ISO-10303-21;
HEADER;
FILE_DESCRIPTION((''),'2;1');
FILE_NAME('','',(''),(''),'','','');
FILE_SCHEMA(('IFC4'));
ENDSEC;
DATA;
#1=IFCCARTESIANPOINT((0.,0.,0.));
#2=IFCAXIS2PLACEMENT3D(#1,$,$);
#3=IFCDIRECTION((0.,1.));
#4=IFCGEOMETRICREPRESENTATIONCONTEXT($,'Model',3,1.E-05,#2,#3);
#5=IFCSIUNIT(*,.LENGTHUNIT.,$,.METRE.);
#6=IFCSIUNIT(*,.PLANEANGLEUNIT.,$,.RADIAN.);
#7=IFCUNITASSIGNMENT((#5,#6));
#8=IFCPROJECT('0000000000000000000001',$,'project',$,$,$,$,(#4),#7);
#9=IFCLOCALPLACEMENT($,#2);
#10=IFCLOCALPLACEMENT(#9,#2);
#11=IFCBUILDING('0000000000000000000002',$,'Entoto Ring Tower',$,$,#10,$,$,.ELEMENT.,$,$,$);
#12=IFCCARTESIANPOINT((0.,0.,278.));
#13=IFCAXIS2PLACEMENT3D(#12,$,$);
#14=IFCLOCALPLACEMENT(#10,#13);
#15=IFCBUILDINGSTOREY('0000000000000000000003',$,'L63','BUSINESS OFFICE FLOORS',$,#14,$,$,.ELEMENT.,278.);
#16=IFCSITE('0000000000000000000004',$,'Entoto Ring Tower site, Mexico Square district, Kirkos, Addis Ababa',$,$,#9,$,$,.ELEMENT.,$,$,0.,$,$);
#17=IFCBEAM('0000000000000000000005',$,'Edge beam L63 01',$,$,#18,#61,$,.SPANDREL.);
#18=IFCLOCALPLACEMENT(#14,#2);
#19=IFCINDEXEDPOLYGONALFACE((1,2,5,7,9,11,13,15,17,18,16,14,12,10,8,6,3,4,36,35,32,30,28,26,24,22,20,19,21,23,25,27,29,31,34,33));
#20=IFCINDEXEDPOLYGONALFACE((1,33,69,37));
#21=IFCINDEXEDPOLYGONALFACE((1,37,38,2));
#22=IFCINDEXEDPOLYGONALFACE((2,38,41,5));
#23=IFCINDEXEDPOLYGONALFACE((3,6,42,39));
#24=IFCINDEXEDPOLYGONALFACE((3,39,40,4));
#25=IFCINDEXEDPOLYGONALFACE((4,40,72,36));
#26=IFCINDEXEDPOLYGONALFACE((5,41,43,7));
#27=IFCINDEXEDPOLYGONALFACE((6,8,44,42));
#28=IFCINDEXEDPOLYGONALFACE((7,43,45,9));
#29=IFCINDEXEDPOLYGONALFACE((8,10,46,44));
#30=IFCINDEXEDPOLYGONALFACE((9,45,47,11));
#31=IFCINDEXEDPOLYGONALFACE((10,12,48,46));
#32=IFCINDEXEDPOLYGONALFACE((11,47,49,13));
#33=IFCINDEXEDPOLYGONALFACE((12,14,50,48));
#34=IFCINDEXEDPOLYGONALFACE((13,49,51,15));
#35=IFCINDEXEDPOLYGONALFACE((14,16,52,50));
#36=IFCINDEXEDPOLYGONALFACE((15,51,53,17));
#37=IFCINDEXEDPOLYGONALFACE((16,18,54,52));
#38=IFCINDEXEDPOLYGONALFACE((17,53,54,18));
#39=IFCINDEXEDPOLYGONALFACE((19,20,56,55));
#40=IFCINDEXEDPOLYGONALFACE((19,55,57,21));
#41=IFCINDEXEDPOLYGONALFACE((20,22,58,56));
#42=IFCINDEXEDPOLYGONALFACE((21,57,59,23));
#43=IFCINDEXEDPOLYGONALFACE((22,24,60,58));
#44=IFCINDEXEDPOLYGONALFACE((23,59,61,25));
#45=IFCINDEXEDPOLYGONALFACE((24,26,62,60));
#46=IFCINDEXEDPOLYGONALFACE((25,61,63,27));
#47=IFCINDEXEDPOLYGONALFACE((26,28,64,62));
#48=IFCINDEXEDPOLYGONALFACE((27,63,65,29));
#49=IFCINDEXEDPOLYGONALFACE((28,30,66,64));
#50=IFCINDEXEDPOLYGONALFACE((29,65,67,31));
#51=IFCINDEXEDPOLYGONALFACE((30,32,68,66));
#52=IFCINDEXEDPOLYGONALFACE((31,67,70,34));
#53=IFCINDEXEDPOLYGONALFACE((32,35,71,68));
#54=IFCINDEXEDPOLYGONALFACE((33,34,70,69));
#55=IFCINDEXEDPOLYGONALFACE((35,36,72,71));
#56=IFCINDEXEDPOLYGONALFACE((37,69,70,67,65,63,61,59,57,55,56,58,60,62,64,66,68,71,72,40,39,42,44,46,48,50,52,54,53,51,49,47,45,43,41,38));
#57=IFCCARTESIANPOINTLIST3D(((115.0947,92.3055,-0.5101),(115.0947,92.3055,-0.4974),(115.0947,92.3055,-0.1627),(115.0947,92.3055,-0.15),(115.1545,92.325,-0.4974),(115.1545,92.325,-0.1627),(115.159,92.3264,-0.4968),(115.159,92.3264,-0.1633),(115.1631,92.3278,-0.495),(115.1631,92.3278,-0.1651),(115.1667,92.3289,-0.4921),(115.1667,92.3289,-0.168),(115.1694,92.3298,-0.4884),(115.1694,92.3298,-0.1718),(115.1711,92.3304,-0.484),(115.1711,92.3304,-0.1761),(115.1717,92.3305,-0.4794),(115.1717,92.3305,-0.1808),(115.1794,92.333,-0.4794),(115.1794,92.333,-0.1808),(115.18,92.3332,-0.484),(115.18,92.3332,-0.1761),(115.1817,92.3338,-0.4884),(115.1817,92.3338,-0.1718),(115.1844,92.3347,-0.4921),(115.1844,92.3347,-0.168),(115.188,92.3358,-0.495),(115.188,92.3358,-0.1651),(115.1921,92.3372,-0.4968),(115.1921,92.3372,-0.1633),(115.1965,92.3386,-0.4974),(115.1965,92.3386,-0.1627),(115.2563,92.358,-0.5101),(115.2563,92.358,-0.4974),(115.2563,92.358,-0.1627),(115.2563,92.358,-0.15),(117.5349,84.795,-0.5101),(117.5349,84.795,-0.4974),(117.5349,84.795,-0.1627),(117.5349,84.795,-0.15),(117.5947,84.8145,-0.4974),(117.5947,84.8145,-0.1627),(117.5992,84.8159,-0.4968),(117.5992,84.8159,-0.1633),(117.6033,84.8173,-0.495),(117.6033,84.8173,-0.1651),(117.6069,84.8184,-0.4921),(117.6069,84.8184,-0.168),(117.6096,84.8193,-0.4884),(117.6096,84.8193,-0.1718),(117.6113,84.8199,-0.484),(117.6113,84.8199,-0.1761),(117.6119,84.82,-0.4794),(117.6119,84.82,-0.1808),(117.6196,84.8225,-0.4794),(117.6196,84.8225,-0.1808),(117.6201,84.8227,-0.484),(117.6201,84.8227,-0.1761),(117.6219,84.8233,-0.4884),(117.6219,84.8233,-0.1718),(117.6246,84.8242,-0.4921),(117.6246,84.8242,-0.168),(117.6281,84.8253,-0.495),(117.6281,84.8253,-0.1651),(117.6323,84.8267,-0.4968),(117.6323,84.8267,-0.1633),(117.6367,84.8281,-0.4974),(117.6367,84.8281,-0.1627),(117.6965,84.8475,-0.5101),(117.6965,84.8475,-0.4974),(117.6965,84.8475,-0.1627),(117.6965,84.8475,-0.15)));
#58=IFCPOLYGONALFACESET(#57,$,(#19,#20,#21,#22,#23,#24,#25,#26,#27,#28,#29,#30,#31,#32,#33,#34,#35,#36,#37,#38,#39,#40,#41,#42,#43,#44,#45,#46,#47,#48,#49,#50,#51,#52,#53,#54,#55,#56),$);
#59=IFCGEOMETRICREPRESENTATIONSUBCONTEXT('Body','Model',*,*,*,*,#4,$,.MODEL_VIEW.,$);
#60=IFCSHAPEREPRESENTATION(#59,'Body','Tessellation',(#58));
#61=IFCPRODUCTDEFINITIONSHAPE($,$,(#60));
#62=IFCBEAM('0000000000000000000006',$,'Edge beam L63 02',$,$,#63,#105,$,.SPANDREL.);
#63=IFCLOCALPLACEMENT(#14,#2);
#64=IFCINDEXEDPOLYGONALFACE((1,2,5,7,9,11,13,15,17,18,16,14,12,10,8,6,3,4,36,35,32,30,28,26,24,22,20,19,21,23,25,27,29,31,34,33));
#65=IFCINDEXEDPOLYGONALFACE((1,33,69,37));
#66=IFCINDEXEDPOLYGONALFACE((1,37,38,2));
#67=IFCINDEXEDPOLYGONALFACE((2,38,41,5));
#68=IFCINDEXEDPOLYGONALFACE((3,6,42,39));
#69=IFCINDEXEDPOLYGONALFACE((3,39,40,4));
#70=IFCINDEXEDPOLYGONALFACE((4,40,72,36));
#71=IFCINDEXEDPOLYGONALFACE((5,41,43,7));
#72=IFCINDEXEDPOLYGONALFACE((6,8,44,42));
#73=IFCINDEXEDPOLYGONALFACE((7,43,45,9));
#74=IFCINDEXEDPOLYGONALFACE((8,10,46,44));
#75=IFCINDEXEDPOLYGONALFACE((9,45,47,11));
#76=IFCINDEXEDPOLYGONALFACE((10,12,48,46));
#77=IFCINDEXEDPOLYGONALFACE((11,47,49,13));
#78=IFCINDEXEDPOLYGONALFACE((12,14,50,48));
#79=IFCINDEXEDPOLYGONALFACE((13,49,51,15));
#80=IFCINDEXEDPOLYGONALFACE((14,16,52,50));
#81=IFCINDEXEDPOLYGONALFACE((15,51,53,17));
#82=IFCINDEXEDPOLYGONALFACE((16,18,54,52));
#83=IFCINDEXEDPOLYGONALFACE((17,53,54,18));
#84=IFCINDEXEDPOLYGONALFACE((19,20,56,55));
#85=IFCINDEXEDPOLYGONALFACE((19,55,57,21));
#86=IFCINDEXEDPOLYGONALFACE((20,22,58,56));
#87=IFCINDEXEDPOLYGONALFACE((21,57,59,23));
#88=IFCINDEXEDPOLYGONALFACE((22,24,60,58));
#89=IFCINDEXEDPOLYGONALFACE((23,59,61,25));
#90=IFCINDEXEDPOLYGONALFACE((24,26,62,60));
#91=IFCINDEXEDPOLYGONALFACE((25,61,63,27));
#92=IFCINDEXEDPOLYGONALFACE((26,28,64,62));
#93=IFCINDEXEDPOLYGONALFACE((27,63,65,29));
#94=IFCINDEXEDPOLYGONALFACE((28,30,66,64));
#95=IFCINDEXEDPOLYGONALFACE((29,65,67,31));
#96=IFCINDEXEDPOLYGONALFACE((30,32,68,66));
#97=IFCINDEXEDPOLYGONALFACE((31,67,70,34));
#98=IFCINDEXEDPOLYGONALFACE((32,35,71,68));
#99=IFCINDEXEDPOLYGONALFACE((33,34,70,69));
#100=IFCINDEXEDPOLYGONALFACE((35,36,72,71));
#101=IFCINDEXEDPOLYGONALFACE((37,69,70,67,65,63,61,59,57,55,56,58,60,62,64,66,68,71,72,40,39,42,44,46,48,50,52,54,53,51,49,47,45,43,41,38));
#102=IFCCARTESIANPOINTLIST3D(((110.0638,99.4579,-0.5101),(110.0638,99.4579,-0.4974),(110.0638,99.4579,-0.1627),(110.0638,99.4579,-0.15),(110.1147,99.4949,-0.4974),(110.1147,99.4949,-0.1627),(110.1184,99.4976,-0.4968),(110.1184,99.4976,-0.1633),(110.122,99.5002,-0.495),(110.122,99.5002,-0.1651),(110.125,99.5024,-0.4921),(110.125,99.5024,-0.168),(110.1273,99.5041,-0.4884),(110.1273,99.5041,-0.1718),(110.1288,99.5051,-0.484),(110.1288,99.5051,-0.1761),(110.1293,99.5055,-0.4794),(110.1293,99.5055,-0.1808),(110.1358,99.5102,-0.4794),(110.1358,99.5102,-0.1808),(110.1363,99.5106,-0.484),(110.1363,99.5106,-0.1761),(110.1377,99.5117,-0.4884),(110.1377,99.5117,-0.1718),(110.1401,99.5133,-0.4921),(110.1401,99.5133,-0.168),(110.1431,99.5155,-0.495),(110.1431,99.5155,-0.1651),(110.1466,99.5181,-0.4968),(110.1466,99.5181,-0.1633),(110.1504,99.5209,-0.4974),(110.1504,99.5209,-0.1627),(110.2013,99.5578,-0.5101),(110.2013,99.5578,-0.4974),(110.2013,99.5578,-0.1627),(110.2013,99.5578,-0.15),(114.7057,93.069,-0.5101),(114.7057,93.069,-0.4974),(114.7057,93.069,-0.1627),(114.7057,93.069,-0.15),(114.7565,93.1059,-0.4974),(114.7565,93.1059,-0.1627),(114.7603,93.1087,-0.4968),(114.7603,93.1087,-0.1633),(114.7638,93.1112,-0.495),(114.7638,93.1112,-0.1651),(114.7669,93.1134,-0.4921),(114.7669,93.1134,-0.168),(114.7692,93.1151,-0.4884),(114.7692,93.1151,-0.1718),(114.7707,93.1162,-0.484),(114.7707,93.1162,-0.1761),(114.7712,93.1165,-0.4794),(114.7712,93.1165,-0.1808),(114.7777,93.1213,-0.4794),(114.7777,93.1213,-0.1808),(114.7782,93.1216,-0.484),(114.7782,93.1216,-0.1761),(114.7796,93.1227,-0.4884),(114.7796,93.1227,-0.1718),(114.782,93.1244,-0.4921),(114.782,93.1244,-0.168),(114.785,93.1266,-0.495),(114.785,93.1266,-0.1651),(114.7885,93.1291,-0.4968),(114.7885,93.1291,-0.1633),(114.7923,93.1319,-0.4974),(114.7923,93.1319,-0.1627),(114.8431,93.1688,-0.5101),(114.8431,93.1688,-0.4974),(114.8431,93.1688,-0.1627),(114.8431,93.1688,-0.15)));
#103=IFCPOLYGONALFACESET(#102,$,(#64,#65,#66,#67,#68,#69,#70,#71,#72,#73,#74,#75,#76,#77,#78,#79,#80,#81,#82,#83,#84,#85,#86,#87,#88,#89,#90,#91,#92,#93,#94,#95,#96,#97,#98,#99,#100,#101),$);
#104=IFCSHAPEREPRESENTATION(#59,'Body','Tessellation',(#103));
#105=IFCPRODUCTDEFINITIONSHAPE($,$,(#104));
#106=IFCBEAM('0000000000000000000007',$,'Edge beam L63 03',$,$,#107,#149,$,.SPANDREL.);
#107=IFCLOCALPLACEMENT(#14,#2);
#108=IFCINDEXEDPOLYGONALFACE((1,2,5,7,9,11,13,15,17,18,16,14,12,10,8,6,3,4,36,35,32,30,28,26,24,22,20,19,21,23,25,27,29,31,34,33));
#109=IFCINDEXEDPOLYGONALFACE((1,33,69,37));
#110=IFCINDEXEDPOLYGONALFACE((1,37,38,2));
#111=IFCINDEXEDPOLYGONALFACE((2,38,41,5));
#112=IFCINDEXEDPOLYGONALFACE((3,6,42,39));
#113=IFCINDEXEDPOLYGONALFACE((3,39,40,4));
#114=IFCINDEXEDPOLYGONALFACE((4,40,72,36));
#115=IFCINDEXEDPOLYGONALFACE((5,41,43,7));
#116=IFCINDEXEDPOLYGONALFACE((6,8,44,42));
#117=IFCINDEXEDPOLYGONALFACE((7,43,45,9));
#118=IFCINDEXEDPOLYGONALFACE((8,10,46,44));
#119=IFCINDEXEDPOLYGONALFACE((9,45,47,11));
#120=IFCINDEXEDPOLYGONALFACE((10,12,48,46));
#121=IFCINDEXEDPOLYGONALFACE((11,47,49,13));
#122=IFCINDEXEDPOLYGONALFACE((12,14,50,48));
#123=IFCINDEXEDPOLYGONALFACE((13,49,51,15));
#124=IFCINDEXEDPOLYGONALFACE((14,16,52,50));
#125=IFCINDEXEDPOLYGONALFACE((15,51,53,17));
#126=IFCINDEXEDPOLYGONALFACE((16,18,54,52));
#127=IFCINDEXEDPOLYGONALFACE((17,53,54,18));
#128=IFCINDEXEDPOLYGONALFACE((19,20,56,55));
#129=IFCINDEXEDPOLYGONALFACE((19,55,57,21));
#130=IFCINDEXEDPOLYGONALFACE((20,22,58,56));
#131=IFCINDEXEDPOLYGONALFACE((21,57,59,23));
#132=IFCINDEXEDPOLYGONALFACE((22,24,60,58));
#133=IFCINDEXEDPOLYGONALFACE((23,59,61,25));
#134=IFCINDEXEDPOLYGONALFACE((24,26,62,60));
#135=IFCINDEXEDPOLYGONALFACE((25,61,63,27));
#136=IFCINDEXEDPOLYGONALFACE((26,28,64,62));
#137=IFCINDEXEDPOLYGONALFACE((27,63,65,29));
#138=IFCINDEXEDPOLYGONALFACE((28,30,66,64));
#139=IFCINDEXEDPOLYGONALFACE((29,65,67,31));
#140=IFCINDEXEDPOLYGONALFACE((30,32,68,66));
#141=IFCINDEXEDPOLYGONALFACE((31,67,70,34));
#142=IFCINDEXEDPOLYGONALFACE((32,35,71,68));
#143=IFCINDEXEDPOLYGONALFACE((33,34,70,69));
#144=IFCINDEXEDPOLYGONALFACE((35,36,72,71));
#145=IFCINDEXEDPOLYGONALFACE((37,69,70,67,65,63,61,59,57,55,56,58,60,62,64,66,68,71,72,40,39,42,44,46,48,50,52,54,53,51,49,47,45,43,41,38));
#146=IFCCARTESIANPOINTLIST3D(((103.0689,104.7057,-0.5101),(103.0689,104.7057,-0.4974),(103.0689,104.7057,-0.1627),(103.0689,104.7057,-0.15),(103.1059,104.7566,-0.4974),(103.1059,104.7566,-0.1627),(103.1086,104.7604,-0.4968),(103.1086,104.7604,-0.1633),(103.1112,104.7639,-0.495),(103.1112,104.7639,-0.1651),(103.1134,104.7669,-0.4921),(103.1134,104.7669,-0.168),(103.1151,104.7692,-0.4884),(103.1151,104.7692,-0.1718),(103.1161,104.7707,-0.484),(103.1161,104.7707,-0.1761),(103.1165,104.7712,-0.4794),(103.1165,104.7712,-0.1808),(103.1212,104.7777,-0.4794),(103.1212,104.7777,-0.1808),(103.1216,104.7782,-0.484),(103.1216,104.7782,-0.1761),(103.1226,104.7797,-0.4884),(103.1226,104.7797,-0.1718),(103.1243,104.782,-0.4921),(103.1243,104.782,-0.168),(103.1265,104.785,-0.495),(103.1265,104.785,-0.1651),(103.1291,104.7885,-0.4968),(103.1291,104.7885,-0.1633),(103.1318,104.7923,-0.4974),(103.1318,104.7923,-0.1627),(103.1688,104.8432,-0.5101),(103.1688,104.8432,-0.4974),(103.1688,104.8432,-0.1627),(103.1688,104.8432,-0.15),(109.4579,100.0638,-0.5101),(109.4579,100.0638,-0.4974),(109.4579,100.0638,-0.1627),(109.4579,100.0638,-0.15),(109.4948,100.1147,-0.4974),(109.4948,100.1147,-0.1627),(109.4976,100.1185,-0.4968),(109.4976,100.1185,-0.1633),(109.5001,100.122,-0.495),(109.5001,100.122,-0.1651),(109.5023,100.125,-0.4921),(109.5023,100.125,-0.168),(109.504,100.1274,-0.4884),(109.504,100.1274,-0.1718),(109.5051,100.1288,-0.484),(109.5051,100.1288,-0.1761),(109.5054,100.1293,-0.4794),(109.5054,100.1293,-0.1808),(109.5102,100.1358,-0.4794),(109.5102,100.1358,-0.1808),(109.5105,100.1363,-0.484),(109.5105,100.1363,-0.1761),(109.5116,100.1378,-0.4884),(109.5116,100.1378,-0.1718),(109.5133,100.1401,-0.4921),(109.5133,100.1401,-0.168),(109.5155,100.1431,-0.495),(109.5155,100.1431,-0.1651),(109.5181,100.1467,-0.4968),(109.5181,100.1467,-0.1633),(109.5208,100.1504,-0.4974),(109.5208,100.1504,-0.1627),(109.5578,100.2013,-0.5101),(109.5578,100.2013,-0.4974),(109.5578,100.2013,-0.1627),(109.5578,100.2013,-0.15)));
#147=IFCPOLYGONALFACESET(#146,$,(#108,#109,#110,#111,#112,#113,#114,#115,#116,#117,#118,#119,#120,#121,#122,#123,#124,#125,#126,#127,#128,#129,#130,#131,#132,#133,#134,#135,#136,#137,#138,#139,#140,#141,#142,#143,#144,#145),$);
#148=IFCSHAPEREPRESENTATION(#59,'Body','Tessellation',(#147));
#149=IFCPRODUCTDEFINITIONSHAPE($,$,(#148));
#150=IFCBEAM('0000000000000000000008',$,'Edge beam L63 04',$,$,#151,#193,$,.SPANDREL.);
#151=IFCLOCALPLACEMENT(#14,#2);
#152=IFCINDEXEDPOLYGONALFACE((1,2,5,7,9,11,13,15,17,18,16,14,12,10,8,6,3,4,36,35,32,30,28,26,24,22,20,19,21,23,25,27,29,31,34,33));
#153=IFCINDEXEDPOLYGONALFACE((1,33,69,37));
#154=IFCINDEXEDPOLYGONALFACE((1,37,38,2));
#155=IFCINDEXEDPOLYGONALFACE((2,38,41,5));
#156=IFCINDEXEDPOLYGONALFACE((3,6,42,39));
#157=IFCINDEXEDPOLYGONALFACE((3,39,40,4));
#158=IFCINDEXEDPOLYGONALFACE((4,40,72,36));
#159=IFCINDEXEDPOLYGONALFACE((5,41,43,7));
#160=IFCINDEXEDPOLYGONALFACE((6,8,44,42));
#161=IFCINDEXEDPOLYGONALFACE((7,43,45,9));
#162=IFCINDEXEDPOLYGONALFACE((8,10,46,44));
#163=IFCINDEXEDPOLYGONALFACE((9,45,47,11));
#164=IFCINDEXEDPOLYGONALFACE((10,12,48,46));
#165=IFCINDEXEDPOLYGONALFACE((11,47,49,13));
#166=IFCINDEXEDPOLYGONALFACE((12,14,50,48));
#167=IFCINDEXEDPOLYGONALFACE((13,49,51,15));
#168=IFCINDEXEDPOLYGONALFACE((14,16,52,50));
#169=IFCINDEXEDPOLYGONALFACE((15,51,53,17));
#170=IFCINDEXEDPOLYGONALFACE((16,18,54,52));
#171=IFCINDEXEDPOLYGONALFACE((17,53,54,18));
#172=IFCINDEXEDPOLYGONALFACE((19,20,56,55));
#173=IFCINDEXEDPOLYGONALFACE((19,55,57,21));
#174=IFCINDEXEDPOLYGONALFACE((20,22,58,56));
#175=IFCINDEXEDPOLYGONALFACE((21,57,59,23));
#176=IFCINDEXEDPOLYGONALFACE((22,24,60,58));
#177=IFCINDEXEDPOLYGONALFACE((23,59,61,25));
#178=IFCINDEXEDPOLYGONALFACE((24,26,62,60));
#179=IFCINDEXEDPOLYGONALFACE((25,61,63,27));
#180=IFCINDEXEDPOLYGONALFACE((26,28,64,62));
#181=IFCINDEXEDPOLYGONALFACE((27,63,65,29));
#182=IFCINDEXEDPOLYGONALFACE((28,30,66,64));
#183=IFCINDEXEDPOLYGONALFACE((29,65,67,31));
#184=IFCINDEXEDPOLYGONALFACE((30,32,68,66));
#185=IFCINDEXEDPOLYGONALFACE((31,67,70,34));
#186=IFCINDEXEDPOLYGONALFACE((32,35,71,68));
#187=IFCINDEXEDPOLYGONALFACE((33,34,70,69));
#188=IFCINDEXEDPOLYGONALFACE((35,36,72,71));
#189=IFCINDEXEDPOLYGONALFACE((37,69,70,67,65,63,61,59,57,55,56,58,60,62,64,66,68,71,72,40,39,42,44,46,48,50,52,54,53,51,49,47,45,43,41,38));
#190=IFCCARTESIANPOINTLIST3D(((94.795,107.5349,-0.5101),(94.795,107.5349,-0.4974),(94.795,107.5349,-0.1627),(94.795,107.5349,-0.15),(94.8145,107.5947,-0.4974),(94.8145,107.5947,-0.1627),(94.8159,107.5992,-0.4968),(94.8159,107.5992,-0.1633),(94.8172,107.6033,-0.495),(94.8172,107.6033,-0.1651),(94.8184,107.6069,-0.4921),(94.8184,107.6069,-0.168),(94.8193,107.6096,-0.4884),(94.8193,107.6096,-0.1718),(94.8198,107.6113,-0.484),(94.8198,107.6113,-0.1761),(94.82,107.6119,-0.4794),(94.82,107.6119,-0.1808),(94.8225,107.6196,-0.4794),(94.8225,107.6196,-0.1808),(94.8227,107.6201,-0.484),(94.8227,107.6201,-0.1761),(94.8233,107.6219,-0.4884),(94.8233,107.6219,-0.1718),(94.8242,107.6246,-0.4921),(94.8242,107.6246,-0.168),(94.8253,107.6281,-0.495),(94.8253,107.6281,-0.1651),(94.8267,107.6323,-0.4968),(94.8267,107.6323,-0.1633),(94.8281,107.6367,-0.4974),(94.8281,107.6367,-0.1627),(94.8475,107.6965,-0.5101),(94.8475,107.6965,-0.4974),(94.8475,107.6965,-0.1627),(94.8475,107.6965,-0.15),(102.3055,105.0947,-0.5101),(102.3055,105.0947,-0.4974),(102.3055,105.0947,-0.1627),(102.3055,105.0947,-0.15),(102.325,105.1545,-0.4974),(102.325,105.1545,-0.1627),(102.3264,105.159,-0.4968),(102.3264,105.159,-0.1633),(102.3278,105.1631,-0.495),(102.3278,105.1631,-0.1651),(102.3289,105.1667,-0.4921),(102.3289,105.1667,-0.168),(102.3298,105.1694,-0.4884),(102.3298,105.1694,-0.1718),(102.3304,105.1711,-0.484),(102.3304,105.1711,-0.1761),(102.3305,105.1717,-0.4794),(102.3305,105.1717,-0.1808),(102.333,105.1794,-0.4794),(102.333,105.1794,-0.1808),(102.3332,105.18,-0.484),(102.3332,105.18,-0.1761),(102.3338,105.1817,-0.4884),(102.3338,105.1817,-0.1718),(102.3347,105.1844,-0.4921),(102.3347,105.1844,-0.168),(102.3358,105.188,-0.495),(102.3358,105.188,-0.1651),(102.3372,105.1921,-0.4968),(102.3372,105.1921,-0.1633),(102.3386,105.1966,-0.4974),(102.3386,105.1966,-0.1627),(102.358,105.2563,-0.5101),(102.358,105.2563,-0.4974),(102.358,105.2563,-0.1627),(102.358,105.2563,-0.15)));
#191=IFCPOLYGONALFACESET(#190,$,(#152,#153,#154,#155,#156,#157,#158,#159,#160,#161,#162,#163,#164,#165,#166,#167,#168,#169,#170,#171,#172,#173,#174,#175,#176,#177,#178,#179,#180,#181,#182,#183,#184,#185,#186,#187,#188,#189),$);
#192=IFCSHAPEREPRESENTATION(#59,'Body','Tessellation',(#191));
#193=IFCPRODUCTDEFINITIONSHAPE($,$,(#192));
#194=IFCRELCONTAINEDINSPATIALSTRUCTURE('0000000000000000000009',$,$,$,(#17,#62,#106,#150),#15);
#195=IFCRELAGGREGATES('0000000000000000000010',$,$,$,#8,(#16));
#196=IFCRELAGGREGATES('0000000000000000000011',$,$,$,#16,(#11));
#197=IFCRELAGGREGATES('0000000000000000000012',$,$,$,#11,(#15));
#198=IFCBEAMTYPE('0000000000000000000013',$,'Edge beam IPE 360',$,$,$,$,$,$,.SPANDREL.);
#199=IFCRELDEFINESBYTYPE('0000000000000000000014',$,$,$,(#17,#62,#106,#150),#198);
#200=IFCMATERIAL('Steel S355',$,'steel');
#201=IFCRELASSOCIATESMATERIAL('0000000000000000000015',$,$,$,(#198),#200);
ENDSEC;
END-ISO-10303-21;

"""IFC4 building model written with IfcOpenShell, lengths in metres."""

from ifc_helpers import new_model, si_unit, direction, frame, origin, origin_2d, place, context, subcontext, project, spatial, i_section, extrude, material, material_profile, profile_set, type_object, element, save


model = new_model("IFC4")

# Units and contexts
model_context = context("Model", 3, precision=1e-05, world=origin(), true_north=direction((0.0, 1.0)))
body_context = subcontext(model_context, "Body", "Model", "MODEL_VIEW")
ifc_project = project(units=[si_unit("LENGTHUNIT", "METRE"), si_unit("PLANEANGLEUNIT", "RADIAN")], contexts=[model_context])

# Site, building, storey
site_placement = place(None, origin())
site = spatial("IfcSite", under=ifc_project, at=site_placement, Name="Entoto Ring Tower site, Mexico Square district, Kirkos, Addis Ababa", CompositionType="ELEMENT", RefElevation=0.0)
building_placement = place(site_placement, origin())
building = spatial("IfcBuilding", under=site, at=building_placement, Name="Entoto Ring Tower", CompositionType="ELEMENT")
storey_placement = place(building_placement, frame((0.0, 0.0, 278.0)))
storey = spatial("IfcBuildingStorey", under=building, at=storey_placement, Name="L63", Description="BUSINESS OFFICE FLOORS", CompositionType="ELEMENT", Elevation=278.0)

# Beams
ifc_material_1 = material(Name="Steel S355", Category="steel")
ifc_material_profile_1 = material_profile(ifc_material_1, i_section(OverallWidth=0.1699, OverallDepth=0.3601, WebThickness=0.0081, FlangeThickness=0.0127, FilletRadius=0.0181, at=origin_2d()), Name="IPE 360")
ifc_profile_set_1 = profile_set([ifc_material_profile_1], Name="Steel S355")
beam_type_1 = type_object("IfcBeamType", Name="Edge beam IPE 360", PredefinedType="SPANDREL", material=ifc_profile_set_1)
beam_1_placement = place(storey_placement, frame((117.6157, 84.8213, -0.3301), z_axis=(-0.309003, 0.951061, 0.0), x_axis=(-0.951061, -0.309003, 0.0)))
element("IfcBeam", 1, at=beam_1_placement, inside=storey, type_object=beam_type_1, Name="Edge beam L63 01", PredefinedType="SPANDREL", context=body_context, shape_type="SweptSolid", body=[
    extrude(i_section(OverallWidth=0.1699, OverallDepth=0.3601, WebThickness=0.0081, FlangeThickness=0.0127, FilletRadius=0.0181, at=origin_2d()), origin(), (0.0, 0.0, 1.0), 7.897),
])
for number, where, z_axis, x_axis, name in (
    (2, (114.7744, 93.1189, -0.3301), (-0.587787, 0.809015, 0.0), (-0.809015, -0.587787, 0.0), "Edge beam L63 02"),
    (3, (109.5078, 100.1326, -0.3301), (-0.809015, 0.587787, 0.0), (-0.587787, -0.809015, 0.0), "Edge beam L63 03"),
):
    element("IfcBeam", number, at=place(storey_placement, frame(where, z_axis=z_axis, x_axis=x_axis)), inside=storey, type_object=beam_type_1, Name=name, PredefinedType="SPANDREL", context=body_context, shape_type="SweptSolid", body=[
        extrude(i_section(OverallWidth=0.1699, OverallDepth=0.3601, WebThickness=0.0081, FlangeThickness=0.0127, FilletRadius=0.0181, at=origin_2d()), origin(), (0.0, 0.0, 1.0), 7.8972),
    ])
beam_2_placement = place(storey_placement, frame((102.3318, 105.1755, -0.3301), z_axis=(-0.951061, 0.309003, 0.0), x_axis=(-0.309003, -0.951061, 0.0)))
element("IfcBeam", 4, at=beam_2_placement, inside=storey, type_object=beam_type_1, Name="Edge beam L63 04", PredefinedType="SPANDREL", context=body_context, shape_type="SweptSolid", body=[
    extrude(i_section(OverallWidth=0.1699, OverallDepth=0.3601, WebThickness=0.0081, FlangeThickness=0.0127, FilletRadius=0.0181, at=origin_2d()), origin(), (0.0, 0.0, 1.0), 7.897),
])

save(model, "model.ifc")
